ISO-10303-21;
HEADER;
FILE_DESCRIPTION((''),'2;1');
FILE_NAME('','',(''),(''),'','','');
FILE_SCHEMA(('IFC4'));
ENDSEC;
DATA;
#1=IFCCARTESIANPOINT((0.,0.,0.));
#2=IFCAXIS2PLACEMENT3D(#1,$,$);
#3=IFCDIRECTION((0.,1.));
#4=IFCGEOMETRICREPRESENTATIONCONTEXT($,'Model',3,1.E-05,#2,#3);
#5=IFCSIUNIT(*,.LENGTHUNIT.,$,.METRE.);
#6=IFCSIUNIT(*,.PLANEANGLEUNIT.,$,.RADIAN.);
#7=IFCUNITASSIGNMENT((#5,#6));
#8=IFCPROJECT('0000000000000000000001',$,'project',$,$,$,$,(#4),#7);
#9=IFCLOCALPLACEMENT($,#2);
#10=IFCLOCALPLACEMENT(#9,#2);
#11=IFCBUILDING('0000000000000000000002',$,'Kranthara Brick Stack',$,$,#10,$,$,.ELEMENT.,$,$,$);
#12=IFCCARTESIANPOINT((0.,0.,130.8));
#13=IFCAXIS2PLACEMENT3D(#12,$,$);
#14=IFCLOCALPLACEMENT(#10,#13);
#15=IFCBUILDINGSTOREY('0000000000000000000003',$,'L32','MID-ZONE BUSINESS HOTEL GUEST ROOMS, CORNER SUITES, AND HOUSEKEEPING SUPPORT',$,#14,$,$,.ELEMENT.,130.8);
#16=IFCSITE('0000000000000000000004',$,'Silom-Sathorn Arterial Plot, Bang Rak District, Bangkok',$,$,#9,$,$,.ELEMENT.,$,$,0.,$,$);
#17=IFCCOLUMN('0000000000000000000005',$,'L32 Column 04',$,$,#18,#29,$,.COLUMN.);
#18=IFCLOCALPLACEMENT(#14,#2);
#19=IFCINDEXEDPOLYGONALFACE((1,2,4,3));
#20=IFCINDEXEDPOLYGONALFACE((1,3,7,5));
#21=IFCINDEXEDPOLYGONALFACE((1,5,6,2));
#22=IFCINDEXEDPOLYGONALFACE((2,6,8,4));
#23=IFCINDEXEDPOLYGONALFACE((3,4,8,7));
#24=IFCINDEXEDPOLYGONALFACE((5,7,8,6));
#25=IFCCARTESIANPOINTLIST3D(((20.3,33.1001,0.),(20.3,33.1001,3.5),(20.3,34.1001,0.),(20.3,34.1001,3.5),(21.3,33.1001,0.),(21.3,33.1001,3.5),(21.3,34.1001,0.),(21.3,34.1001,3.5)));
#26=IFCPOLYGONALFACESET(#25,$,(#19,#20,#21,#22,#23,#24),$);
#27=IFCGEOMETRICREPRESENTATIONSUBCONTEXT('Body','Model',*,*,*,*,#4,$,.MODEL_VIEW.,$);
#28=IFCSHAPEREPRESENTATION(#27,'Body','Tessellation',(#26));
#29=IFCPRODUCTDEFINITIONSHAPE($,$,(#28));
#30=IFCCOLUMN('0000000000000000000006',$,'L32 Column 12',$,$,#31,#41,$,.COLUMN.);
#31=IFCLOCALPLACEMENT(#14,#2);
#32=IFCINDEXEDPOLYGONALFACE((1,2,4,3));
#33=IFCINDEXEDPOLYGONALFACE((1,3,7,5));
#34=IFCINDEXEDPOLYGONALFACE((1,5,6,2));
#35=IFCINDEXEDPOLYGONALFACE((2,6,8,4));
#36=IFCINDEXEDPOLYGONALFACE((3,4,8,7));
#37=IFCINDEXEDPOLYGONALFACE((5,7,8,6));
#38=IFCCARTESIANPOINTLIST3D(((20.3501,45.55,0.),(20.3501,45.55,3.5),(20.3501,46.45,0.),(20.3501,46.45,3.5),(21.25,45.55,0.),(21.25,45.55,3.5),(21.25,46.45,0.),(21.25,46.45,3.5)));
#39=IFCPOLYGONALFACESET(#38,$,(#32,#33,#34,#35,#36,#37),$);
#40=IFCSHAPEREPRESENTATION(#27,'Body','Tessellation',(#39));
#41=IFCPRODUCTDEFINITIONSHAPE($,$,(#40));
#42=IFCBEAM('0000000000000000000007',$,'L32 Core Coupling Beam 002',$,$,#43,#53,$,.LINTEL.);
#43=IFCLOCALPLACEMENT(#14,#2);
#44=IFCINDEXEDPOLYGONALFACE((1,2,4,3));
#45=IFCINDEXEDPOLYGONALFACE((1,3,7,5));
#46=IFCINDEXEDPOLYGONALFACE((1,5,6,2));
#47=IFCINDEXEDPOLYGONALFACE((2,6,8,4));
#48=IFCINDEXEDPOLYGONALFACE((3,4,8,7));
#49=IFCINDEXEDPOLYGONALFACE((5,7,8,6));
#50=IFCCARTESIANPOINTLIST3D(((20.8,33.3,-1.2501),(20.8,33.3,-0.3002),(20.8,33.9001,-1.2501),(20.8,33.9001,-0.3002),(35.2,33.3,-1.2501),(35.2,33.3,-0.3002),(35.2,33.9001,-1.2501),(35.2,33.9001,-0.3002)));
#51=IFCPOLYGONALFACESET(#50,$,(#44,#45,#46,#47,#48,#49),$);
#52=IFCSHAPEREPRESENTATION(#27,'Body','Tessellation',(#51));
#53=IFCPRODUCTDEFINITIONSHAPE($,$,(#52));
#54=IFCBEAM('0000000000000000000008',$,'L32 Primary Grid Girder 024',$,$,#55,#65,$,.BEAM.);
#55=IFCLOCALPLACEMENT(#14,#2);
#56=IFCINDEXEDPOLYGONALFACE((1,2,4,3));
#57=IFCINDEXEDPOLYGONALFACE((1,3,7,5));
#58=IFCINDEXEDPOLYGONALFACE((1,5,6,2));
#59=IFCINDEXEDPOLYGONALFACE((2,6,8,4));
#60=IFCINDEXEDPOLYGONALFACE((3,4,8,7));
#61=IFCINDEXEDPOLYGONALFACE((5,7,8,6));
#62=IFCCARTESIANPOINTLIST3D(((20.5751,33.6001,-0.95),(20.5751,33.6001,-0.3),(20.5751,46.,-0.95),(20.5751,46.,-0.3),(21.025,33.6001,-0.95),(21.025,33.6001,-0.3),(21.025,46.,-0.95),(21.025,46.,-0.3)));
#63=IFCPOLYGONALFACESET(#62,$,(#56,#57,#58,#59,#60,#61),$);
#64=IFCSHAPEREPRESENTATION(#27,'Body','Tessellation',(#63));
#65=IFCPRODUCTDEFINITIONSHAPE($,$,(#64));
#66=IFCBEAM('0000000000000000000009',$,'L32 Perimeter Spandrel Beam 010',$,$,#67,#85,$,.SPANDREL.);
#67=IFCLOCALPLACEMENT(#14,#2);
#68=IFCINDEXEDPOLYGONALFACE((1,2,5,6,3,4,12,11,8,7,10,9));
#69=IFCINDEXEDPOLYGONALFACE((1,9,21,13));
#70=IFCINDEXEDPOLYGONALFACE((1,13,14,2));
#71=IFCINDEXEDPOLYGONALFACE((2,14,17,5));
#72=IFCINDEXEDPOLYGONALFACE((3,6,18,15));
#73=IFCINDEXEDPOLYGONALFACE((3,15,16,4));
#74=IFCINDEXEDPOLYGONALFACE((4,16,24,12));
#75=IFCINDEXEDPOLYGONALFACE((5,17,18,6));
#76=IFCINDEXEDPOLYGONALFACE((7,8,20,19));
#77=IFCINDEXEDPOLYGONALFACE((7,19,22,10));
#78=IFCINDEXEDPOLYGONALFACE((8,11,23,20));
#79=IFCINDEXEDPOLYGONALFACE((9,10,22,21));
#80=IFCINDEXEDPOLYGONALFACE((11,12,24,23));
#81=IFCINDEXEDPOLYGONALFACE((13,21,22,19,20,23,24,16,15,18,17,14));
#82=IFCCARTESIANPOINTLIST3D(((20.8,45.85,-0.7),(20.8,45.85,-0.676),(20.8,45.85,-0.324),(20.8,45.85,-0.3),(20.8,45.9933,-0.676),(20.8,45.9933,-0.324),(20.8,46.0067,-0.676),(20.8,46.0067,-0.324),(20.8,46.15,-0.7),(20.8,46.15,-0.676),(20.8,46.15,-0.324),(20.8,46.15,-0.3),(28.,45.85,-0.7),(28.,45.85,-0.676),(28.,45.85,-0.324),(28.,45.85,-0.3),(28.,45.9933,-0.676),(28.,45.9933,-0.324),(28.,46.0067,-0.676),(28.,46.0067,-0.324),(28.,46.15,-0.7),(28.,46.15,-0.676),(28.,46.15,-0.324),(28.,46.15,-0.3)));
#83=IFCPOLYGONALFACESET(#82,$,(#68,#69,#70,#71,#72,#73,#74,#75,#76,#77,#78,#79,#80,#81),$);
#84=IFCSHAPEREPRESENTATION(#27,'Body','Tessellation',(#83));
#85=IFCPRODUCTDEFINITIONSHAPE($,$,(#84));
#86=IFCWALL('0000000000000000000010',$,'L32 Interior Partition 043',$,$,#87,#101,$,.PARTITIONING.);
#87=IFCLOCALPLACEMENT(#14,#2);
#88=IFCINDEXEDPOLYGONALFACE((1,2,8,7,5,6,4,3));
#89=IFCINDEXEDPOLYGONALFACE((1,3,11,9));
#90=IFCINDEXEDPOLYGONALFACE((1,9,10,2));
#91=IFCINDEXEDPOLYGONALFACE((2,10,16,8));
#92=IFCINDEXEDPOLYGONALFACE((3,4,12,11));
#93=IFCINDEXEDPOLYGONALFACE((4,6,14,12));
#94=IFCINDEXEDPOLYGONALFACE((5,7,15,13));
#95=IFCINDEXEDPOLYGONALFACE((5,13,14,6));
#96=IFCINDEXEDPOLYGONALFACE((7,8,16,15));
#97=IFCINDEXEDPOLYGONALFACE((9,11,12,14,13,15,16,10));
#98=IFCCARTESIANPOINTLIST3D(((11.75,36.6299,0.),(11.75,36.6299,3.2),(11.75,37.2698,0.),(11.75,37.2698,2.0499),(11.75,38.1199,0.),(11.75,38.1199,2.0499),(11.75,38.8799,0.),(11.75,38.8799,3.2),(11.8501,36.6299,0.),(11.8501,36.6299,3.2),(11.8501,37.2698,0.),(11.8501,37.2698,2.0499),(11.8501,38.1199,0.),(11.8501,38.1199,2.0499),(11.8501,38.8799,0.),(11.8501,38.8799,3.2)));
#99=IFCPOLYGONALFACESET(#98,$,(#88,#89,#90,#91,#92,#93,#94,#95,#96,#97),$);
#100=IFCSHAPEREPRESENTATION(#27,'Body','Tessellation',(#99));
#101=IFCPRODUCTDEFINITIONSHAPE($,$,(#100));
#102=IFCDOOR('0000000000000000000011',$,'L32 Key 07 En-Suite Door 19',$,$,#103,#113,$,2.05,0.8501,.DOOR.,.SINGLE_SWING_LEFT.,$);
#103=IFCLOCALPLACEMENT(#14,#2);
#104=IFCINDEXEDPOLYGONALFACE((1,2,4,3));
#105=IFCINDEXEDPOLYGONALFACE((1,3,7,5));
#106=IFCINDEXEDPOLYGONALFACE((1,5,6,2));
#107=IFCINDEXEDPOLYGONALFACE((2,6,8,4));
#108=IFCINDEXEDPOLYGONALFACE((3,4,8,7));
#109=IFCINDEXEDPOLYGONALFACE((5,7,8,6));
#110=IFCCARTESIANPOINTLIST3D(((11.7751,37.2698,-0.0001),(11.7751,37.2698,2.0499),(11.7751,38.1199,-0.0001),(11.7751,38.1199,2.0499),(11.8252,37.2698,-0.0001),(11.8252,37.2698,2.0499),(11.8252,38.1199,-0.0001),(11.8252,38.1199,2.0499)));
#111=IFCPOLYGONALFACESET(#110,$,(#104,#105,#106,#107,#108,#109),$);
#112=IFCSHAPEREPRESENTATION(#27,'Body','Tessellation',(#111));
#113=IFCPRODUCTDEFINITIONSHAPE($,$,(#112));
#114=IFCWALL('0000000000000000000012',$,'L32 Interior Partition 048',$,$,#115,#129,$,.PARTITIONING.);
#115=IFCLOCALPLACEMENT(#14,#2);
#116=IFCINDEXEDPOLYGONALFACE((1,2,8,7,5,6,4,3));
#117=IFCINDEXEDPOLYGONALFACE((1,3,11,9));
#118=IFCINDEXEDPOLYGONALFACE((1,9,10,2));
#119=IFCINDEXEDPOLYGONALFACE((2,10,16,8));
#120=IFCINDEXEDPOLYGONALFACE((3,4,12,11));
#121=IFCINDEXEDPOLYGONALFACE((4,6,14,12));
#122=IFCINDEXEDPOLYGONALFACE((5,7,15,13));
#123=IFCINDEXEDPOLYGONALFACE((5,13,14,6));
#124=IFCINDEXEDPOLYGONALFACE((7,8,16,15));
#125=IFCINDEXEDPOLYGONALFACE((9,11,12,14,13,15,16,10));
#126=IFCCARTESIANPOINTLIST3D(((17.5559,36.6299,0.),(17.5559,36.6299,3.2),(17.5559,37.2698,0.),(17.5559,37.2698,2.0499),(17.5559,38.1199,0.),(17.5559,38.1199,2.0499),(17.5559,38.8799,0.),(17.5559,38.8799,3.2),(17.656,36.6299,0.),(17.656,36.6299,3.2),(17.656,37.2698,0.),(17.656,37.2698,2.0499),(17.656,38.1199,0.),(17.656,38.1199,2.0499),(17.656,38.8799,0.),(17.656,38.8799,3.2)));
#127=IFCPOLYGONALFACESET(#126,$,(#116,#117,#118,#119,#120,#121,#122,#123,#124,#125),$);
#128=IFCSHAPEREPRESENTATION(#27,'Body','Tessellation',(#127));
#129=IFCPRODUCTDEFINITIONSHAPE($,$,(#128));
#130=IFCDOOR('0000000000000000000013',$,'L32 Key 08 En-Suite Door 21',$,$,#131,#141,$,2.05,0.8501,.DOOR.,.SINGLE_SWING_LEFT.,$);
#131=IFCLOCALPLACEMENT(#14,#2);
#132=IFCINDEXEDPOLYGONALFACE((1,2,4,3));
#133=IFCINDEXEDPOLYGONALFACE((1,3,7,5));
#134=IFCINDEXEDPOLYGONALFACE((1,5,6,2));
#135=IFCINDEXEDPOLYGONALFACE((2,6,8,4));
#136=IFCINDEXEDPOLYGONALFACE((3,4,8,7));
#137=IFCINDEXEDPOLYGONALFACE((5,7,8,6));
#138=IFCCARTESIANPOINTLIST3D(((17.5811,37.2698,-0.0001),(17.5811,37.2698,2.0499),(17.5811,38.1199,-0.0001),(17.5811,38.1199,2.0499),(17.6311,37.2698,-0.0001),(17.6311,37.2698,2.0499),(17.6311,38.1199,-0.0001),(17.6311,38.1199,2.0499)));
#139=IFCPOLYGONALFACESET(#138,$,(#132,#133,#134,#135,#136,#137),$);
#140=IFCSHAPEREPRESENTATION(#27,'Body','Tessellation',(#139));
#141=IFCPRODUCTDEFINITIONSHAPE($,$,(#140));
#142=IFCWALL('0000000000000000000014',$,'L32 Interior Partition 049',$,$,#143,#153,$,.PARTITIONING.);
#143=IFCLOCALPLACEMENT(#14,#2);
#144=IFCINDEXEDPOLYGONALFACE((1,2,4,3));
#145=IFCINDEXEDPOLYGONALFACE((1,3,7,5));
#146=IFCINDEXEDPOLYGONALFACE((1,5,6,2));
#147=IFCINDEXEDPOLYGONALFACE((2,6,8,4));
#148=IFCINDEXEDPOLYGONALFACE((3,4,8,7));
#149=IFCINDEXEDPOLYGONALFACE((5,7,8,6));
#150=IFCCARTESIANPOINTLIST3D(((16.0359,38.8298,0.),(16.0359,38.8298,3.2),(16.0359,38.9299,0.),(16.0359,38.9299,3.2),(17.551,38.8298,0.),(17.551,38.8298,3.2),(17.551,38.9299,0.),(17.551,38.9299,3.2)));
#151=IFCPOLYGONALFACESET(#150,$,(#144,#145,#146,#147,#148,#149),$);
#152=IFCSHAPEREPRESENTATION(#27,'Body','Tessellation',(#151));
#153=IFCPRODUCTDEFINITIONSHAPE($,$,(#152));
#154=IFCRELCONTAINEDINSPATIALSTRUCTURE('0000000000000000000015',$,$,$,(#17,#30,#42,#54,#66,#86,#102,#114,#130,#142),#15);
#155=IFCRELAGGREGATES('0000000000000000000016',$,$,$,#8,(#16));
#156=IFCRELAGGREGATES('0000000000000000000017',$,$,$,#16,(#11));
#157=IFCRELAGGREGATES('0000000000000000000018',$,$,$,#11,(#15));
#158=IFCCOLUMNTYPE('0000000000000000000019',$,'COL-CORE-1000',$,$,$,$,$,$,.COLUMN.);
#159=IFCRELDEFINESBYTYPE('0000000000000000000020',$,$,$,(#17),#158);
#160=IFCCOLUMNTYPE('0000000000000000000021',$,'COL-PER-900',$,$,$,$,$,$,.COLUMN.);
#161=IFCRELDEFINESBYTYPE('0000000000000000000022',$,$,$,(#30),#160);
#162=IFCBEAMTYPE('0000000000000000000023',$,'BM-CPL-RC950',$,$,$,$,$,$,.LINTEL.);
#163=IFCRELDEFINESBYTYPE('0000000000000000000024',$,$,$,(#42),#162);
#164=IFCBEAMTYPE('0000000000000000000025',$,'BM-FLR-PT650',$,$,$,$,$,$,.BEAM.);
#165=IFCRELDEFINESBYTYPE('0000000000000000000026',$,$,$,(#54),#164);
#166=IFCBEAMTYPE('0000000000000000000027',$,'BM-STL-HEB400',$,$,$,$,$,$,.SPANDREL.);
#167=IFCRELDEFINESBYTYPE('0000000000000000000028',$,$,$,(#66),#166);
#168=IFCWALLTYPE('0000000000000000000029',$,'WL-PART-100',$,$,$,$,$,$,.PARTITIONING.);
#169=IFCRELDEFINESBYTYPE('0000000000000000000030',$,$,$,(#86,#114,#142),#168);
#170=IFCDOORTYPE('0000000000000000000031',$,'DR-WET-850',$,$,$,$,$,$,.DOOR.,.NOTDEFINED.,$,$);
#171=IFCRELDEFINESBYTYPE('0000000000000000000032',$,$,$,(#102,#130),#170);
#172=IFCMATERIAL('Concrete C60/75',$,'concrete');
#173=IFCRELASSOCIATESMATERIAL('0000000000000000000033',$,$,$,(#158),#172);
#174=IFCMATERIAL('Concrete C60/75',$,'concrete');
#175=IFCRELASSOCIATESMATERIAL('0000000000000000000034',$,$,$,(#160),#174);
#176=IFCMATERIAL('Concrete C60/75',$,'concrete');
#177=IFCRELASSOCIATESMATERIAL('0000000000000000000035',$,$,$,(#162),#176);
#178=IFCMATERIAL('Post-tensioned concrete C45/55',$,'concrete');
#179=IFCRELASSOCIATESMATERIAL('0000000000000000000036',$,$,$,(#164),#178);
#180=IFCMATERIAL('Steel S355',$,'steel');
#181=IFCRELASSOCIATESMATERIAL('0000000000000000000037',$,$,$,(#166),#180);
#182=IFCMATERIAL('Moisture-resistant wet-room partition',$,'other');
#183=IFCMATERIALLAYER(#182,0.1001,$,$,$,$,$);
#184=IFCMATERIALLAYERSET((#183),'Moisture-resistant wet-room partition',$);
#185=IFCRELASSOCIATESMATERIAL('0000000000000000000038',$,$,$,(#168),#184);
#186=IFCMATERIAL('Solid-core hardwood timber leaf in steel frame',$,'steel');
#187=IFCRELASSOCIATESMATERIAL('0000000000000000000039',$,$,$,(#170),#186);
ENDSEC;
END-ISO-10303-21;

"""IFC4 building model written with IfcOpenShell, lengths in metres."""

from ifc_helpers import new_model, si_unit, direction, frame, frame_2d, origin, origin_2d, place, context, subcontext, project, spatial, rectangle, i_section, extrude, material, layer, layer_set, material_profile, profile_set, type_object, element, fill, save


model = new_model("IFC4")

# Units and contexts
model_context = context("Model", 3, precision=1e-05, world=origin(), true_north=direction((0.0, 1.0)))
body_context = subcontext(model_context, "Body", "Model", "MODEL_VIEW")
ifc_project = project(units=[si_unit("LENGTHUNIT", "METRE"), si_unit("PLANEANGLEUNIT", "RADIAN")], contexts=[model_context])

# Site, building, storey
site_placement = place(None, origin())
site = spatial("IfcSite", under=ifc_project, at=site_placement, Name="Silom-Sathorn Arterial Plot, Bang Rak District, Bangkok", CompositionType="ELEMENT", RefElevation=0.0)
building_placement = place(site_placement, origin())
building = spatial("IfcBuilding", under=site, at=building_placement, Name="Kranthara Brick Stack", CompositionType="ELEMENT")
storey_placement = place(building_placement, frame((0.0, 0.0, 130.8)))
storey = spatial("IfcBuildingStorey", under=building, at=storey_placement, Name="L32", Description="MID-ZONE BUSINESS HOTEL GUEST ROOMS, CORNER SUITES, AND HOUSEKEEPING SUPPORT", CompositionType="ELEMENT", Elevation=130.8)

# Columns
ifc_material_1 = material(Name="Concrete C60/75", Category="concrete")
ifc_material_profile_1 = material_profile(ifc_material_1, rectangle(XDim=1.0, YDim=1.0, at=origin_2d()), Name="RC 1000x1000")
ifc_profile_set_1 = profile_set([ifc_material_profile_1], Name="Concrete C60/75")
column_type_1 = type_object("IfcColumnType", Name="COL-CORE-1000", PredefinedType="COLUMN", material=ifc_profile_set_1)
column_1_placement = place(storey_placement, frame((20.8, 33.6001, 0.0), z_axis=(0.0, 0.0, 1.0), x_axis=(1.0, 0.0, 0.0)))
element("IfcColumn", 1, at=column_1_placement, inside=storey, type_object=column_type_1, Name="L32 Column 04", PredefinedType="COLUMN", context=body_context, shape_type="SweptSolid", body=[
    extrude(rectangle(XDim=1.0, YDim=1.0, at=origin_2d()), origin(), (0.0, 0.0, 1.0), 3.5),
])
ifc_material_2 = material(Name="Concrete C60/75", Category="concrete")
ifc_material_profile_2 = material_profile(ifc_material_2, rectangle(XDim=0.8999, YDim=0.8999, at=origin_2d()), Name="RC 900x900")
ifc_profile_set_2 = profile_set([ifc_material_profile_2], Name="Concrete C60/75")
column_type_2 = type_object("IfcColumnType", Name="COL-PER-900", PredefinedType="COLUMN", material=ifc_profile_set_2)
column_2_placement = place(storey_placement, frame((20.8, 46.0, 0.0), z_axis=(0.0, 0.0, 1.0), x_axis=(1.0, 0.0, 0.0)))
element("IfcColumn", 2, at=column_2_placement, inside=storey, type_object=column_type_2, Name="L32 Column 12", PredefinedType="COLUMN", context=body_context, shape_type="SweptSolid", body=[
    extrude(rectangle(XDim=0.8999, YDim=0.8999, at=origin_2d()), origin(), (0.0, 0.0, 1.0), 3.5),
])

# Beams
ifc_material_3 = material(Name="Concrete C60/75", Category="concrete")
ifc_material_profile_3 = material_profile(ifc_material_3, rectangle(XDim=0.6001, YDim=0.95, at=origin_2d()), Name="RC 600x950")
ifc_profile_set_3 = profile_set([ifc_material_profile_3], Name="Concrete C60/75")
beam_type_1 = type_object("IfcBeamType", Name="BM-CPL-RC950", PredefinedType="LINTEL", material=ifc_profile_set_3)
beam_1_placement = place(storey_placement, frame((20.8, 33.6001, -0.7751), z_axis=(1.0, 0.0, 0.0), x_axis=(0.0, 1.0, 0.0)))
element("IfcBeam", 3, at=beam_1_placement, inside=storey, type_object=beam_type_1, Name="L32 Core Coupling Beam 002", PredefinedType="LINTEL", context=body_context, shape_type="SweptSolid", body=[
    extrude(rectangle(XDim=0.6001, YDim=0.95, at=origin_2d()), origin(), (0.0, 0.0, 1.0), 14.3999),
])
ifc_material_4 = material(Name="Post-tensioned concrete C45/55", Category="concrete")
ifc_material_profile_4 = material_profile(ifc_material_4, rectangle(XDim=0.45, YDim=0.6499, at=origin_2d()), Name="PT 450x650")
ifc_profile_set_4 = profile_set([ifc_material_profile_4], Name="Post-tensioned concrete C45/55")
beam_type_2 = type_object("IfcBeamType", Name="BM-FLR-PT650", PredefinedType="BEAM", material=ifc_profile_set_4)
beam_2_placement = place(storey_placement, frame((20.8, 33.6001, -0.625), z_axis=(0.0, 1.0, 0.0), x_axis=(-1.0, 0.0, 0.0)))
element("IfcBeam", 4, at=beam_2_placement, inside=storey, type_object=beam_type_2, Name="L32 Primary Grid Girder 024", PredefinedType="BEAM", context=body_context, shape_type="SweptSolid", body=[
    extrude(rectangle(XDim=0.45, YDim=0.6499, at=origin_2d()), origin(), (0.0, 0.0, 1.0), 12.3999),
])
ifc_material_5 = material(Name="Steel S355", Category="steel")
ifc_material_profile_5 = material_profile(ifc_material_5, i_section(OverallWidth=0.3, OverallDepth=0.3999, WebThickness=0.0134, FlangeThickness=0.0239, at=origin_2d()), Name="HEB 400")
ifc_profile_set_5 = profile_set([ifc_material_profile_5], Name="Steel S355")
beam_type_3 = type_object("IfcBeamType", Name="BM-STL-HEB400", PredefinedType="SPANDREL", material=ifc_profile_set_5)
beam_3_placement = place(storey_placement, frame((20.8, 46.0, -0.5), z_axis=(1.0, 0.0, 0.0), x_axis=(0.0, 1.0, 0.0)))
element("IfcBeam", 5, at=beam_3_placement, inside=storey, type_object=beam_type_3, Name="L32 Perimeter Spandrel Beam 010", PredefinedType="SPANDREL", context=body_context, shape_type="SweptSolid", body=[
    extrude(i_section(OverallWidth=0.3, OverallDepth=0.3999, WebThickness=0.0134, FlangeThickness=0.0239, at=origin_2d()), origin(), (0.0, 0.0, 1.0), 7.2),
])

# Walls, openings, doors
ifc_material_6 = material(Name="Moisture-resistant wet-room partition", Category="other")
ifc_layer_1 = layer(ifc_material_6, 0.1001)
ifc_layer_set_1 = layer_set([ifc_layer_1], Name="Moisture-resistant wet-room partition")
wall_type_1 = type_object("IfcWallType", Name="WL-PART-100", PredefinedType="PARTITIONING", material=ifc_layer_set_1)
wall_1_placement = place(storey_placement, frame((11.8, 36.6299, 0.0), z_axis=(0.0, 0.0, 1.0), x_axis=(0.0, 1.0, 0.0)))
wall_1 = element("IfcWall", 6, at=wall_1_placement, inside=storey, type_object=wall_type_1, Name="L32 Interior Partition 043", PredefinedType="PARTITIONING", context=body_context, shape_type="SweptSolid", body=[
    extrude(rectangle(XDim=2.25, YDim=0.1001, at=frame_2d((1.125, 0.0))), origin(), (0.0, 0.0, 1.0), 3.2),
])
opening_1_placement = place(wall_1_placement, frame((0.6399, 0.0, 0.0)))
opening_1 = element("IfcOpeningElement", 7, at=opening_1_placement, cuts=wall_1, PredefinedType="OPENING", context=body_context, shape_type="SweptSolid", body=[
    extrude(rectangle(XDim=0.8501, YDim=2.05, at=frame_2d((0.425, 1.0249))), frame((0.0, 0.0601, 0.0), z_axis=(0.0, -1.0, 0.0), x_axis=(1.0, 0.0, 0.0)), (0.0, 0.0, 1.0), 0.1201),
])
ifc_material_7 = material(Name="Solid-core hardwood timber leaf in steel frame", Category="steel")
door_type_1 = type_object("IfcDoorType", Name="DR-WET-850", OperationType="NOTDEFINED", PredefinedType="DOOR", material=ifc_material_7)
door_1_placement = place(opening_1_placement, origin())
door_1 = element("IfcDoor", 8, at=door_1_placement, inside=storey, type_object=door_type_1, Name="L32 Key 07 En-Suite Door 19", OperationType="SINGLE_SWING_LEFT", OverallHeight=2.05, OverallWidth=0.8501, PredefinedType="DOOR", context=body_context, shape_type="SweptSolid", body=[
    extrude(rectangle(XDim=0.8501, YDim=2.05, at=frame_2d((0.425, 1.0249))), frame((0.0, 0.0249, 0.0), z_axis=(0.0, -1.0, 0.0), x_axis=(1.0, 0.0, 0.0)), (0.0, 0.0, 1.0), 0.05),
])
fill(opening_1, door_1)
wall_2_placement = place(storey_placement, frame((17.606, 36.6299, 0.0), z_axis=(0.0, 0.0, 1.0), x_axis=(0.0, 1.0, 0.0)))
wall_2 = element("IfcWall", 9, at=wall_2_placement, inside=storey, type_object=wall_type_1, Name="L32 Interior Partition 048", PredefinedType="PARTITIONING", context=body_context, shape_type="SweptSolid", body=[
    extrude(rectangle(XDim=2.25, YDim=0.1001, at=frame_2d((1.125, 0.0))), origin(), (0.0, 0.0, 1.0), 3.2),
])
opening_2_placement = place(wall_2_placement, frame((0.6399, 0.0, 0.0)))
opening_2 = element("IfcOpeningElement", 10, at=opening_2_placement, cuts=wall_2, PredefinedType="OPENING", context=body_context, shape_type="SweptSolid", body=[
    extrude(rectangle(XDim=0.8501, YDim=2.05, at=frame_2d((0.425, 1.0249))), frame((0.0, 0.0601, 0.0), z_axis=(0.0, -1.0, 0.0), x_axis=(1.0, 0.0, 0.0)), (0.0, 0.0, 1.0), 0.1201),
])
door_2_placement = place(opening_2_placement, origin())
door_2 = element("IfcDoor", 11, at=door_2_placement, inside=storey, type_object=door_type_1, Name="L32 Key 08 En-Suite Door 21", OperationType="SINGLE_SWING_LEFT", OverallHeight=2.05, OverallWidth=0.8501, PredefinedType="DOOR", context=body_context, shape_type="SweptSolid", body=[
    extrude(rectangle(XDim=0.8501, YDim=2.05, at=frame_2d((0.425, 1.0249))), frame((0.0, 0.0249, 0.0), z_axis=(0.0, -1.0, 0.0), x_axis=(1.0, 0.0, 0.0)), (0.0, 0.0, 1.0), 0.05),
])
fill(opening_2, door_2)

# Wall
wall_3_placement = place(storey_placement, frame((16.0359, 38.8799, 0.0), z_axis=(0.0, 0.0, 1.0), x_axis=(1.0, 0.0, 0.0)))
element("IfcWall", 12, at=wall_3_placement, inside=storey, type_object=wall_type_1, Name="L32 Interior Partition 049", PredefinedType="PARTITIONING", context=body_context, shape_type="SweptSolid", body=[
    extrude(rectangle(XDim=1.5151, YDim=0.1001, at=frame_2d((0.7576, 0.0))), origin(), (0.0, 0.0, 1.0), 3.2),
])

save(model, "model.ifc")
